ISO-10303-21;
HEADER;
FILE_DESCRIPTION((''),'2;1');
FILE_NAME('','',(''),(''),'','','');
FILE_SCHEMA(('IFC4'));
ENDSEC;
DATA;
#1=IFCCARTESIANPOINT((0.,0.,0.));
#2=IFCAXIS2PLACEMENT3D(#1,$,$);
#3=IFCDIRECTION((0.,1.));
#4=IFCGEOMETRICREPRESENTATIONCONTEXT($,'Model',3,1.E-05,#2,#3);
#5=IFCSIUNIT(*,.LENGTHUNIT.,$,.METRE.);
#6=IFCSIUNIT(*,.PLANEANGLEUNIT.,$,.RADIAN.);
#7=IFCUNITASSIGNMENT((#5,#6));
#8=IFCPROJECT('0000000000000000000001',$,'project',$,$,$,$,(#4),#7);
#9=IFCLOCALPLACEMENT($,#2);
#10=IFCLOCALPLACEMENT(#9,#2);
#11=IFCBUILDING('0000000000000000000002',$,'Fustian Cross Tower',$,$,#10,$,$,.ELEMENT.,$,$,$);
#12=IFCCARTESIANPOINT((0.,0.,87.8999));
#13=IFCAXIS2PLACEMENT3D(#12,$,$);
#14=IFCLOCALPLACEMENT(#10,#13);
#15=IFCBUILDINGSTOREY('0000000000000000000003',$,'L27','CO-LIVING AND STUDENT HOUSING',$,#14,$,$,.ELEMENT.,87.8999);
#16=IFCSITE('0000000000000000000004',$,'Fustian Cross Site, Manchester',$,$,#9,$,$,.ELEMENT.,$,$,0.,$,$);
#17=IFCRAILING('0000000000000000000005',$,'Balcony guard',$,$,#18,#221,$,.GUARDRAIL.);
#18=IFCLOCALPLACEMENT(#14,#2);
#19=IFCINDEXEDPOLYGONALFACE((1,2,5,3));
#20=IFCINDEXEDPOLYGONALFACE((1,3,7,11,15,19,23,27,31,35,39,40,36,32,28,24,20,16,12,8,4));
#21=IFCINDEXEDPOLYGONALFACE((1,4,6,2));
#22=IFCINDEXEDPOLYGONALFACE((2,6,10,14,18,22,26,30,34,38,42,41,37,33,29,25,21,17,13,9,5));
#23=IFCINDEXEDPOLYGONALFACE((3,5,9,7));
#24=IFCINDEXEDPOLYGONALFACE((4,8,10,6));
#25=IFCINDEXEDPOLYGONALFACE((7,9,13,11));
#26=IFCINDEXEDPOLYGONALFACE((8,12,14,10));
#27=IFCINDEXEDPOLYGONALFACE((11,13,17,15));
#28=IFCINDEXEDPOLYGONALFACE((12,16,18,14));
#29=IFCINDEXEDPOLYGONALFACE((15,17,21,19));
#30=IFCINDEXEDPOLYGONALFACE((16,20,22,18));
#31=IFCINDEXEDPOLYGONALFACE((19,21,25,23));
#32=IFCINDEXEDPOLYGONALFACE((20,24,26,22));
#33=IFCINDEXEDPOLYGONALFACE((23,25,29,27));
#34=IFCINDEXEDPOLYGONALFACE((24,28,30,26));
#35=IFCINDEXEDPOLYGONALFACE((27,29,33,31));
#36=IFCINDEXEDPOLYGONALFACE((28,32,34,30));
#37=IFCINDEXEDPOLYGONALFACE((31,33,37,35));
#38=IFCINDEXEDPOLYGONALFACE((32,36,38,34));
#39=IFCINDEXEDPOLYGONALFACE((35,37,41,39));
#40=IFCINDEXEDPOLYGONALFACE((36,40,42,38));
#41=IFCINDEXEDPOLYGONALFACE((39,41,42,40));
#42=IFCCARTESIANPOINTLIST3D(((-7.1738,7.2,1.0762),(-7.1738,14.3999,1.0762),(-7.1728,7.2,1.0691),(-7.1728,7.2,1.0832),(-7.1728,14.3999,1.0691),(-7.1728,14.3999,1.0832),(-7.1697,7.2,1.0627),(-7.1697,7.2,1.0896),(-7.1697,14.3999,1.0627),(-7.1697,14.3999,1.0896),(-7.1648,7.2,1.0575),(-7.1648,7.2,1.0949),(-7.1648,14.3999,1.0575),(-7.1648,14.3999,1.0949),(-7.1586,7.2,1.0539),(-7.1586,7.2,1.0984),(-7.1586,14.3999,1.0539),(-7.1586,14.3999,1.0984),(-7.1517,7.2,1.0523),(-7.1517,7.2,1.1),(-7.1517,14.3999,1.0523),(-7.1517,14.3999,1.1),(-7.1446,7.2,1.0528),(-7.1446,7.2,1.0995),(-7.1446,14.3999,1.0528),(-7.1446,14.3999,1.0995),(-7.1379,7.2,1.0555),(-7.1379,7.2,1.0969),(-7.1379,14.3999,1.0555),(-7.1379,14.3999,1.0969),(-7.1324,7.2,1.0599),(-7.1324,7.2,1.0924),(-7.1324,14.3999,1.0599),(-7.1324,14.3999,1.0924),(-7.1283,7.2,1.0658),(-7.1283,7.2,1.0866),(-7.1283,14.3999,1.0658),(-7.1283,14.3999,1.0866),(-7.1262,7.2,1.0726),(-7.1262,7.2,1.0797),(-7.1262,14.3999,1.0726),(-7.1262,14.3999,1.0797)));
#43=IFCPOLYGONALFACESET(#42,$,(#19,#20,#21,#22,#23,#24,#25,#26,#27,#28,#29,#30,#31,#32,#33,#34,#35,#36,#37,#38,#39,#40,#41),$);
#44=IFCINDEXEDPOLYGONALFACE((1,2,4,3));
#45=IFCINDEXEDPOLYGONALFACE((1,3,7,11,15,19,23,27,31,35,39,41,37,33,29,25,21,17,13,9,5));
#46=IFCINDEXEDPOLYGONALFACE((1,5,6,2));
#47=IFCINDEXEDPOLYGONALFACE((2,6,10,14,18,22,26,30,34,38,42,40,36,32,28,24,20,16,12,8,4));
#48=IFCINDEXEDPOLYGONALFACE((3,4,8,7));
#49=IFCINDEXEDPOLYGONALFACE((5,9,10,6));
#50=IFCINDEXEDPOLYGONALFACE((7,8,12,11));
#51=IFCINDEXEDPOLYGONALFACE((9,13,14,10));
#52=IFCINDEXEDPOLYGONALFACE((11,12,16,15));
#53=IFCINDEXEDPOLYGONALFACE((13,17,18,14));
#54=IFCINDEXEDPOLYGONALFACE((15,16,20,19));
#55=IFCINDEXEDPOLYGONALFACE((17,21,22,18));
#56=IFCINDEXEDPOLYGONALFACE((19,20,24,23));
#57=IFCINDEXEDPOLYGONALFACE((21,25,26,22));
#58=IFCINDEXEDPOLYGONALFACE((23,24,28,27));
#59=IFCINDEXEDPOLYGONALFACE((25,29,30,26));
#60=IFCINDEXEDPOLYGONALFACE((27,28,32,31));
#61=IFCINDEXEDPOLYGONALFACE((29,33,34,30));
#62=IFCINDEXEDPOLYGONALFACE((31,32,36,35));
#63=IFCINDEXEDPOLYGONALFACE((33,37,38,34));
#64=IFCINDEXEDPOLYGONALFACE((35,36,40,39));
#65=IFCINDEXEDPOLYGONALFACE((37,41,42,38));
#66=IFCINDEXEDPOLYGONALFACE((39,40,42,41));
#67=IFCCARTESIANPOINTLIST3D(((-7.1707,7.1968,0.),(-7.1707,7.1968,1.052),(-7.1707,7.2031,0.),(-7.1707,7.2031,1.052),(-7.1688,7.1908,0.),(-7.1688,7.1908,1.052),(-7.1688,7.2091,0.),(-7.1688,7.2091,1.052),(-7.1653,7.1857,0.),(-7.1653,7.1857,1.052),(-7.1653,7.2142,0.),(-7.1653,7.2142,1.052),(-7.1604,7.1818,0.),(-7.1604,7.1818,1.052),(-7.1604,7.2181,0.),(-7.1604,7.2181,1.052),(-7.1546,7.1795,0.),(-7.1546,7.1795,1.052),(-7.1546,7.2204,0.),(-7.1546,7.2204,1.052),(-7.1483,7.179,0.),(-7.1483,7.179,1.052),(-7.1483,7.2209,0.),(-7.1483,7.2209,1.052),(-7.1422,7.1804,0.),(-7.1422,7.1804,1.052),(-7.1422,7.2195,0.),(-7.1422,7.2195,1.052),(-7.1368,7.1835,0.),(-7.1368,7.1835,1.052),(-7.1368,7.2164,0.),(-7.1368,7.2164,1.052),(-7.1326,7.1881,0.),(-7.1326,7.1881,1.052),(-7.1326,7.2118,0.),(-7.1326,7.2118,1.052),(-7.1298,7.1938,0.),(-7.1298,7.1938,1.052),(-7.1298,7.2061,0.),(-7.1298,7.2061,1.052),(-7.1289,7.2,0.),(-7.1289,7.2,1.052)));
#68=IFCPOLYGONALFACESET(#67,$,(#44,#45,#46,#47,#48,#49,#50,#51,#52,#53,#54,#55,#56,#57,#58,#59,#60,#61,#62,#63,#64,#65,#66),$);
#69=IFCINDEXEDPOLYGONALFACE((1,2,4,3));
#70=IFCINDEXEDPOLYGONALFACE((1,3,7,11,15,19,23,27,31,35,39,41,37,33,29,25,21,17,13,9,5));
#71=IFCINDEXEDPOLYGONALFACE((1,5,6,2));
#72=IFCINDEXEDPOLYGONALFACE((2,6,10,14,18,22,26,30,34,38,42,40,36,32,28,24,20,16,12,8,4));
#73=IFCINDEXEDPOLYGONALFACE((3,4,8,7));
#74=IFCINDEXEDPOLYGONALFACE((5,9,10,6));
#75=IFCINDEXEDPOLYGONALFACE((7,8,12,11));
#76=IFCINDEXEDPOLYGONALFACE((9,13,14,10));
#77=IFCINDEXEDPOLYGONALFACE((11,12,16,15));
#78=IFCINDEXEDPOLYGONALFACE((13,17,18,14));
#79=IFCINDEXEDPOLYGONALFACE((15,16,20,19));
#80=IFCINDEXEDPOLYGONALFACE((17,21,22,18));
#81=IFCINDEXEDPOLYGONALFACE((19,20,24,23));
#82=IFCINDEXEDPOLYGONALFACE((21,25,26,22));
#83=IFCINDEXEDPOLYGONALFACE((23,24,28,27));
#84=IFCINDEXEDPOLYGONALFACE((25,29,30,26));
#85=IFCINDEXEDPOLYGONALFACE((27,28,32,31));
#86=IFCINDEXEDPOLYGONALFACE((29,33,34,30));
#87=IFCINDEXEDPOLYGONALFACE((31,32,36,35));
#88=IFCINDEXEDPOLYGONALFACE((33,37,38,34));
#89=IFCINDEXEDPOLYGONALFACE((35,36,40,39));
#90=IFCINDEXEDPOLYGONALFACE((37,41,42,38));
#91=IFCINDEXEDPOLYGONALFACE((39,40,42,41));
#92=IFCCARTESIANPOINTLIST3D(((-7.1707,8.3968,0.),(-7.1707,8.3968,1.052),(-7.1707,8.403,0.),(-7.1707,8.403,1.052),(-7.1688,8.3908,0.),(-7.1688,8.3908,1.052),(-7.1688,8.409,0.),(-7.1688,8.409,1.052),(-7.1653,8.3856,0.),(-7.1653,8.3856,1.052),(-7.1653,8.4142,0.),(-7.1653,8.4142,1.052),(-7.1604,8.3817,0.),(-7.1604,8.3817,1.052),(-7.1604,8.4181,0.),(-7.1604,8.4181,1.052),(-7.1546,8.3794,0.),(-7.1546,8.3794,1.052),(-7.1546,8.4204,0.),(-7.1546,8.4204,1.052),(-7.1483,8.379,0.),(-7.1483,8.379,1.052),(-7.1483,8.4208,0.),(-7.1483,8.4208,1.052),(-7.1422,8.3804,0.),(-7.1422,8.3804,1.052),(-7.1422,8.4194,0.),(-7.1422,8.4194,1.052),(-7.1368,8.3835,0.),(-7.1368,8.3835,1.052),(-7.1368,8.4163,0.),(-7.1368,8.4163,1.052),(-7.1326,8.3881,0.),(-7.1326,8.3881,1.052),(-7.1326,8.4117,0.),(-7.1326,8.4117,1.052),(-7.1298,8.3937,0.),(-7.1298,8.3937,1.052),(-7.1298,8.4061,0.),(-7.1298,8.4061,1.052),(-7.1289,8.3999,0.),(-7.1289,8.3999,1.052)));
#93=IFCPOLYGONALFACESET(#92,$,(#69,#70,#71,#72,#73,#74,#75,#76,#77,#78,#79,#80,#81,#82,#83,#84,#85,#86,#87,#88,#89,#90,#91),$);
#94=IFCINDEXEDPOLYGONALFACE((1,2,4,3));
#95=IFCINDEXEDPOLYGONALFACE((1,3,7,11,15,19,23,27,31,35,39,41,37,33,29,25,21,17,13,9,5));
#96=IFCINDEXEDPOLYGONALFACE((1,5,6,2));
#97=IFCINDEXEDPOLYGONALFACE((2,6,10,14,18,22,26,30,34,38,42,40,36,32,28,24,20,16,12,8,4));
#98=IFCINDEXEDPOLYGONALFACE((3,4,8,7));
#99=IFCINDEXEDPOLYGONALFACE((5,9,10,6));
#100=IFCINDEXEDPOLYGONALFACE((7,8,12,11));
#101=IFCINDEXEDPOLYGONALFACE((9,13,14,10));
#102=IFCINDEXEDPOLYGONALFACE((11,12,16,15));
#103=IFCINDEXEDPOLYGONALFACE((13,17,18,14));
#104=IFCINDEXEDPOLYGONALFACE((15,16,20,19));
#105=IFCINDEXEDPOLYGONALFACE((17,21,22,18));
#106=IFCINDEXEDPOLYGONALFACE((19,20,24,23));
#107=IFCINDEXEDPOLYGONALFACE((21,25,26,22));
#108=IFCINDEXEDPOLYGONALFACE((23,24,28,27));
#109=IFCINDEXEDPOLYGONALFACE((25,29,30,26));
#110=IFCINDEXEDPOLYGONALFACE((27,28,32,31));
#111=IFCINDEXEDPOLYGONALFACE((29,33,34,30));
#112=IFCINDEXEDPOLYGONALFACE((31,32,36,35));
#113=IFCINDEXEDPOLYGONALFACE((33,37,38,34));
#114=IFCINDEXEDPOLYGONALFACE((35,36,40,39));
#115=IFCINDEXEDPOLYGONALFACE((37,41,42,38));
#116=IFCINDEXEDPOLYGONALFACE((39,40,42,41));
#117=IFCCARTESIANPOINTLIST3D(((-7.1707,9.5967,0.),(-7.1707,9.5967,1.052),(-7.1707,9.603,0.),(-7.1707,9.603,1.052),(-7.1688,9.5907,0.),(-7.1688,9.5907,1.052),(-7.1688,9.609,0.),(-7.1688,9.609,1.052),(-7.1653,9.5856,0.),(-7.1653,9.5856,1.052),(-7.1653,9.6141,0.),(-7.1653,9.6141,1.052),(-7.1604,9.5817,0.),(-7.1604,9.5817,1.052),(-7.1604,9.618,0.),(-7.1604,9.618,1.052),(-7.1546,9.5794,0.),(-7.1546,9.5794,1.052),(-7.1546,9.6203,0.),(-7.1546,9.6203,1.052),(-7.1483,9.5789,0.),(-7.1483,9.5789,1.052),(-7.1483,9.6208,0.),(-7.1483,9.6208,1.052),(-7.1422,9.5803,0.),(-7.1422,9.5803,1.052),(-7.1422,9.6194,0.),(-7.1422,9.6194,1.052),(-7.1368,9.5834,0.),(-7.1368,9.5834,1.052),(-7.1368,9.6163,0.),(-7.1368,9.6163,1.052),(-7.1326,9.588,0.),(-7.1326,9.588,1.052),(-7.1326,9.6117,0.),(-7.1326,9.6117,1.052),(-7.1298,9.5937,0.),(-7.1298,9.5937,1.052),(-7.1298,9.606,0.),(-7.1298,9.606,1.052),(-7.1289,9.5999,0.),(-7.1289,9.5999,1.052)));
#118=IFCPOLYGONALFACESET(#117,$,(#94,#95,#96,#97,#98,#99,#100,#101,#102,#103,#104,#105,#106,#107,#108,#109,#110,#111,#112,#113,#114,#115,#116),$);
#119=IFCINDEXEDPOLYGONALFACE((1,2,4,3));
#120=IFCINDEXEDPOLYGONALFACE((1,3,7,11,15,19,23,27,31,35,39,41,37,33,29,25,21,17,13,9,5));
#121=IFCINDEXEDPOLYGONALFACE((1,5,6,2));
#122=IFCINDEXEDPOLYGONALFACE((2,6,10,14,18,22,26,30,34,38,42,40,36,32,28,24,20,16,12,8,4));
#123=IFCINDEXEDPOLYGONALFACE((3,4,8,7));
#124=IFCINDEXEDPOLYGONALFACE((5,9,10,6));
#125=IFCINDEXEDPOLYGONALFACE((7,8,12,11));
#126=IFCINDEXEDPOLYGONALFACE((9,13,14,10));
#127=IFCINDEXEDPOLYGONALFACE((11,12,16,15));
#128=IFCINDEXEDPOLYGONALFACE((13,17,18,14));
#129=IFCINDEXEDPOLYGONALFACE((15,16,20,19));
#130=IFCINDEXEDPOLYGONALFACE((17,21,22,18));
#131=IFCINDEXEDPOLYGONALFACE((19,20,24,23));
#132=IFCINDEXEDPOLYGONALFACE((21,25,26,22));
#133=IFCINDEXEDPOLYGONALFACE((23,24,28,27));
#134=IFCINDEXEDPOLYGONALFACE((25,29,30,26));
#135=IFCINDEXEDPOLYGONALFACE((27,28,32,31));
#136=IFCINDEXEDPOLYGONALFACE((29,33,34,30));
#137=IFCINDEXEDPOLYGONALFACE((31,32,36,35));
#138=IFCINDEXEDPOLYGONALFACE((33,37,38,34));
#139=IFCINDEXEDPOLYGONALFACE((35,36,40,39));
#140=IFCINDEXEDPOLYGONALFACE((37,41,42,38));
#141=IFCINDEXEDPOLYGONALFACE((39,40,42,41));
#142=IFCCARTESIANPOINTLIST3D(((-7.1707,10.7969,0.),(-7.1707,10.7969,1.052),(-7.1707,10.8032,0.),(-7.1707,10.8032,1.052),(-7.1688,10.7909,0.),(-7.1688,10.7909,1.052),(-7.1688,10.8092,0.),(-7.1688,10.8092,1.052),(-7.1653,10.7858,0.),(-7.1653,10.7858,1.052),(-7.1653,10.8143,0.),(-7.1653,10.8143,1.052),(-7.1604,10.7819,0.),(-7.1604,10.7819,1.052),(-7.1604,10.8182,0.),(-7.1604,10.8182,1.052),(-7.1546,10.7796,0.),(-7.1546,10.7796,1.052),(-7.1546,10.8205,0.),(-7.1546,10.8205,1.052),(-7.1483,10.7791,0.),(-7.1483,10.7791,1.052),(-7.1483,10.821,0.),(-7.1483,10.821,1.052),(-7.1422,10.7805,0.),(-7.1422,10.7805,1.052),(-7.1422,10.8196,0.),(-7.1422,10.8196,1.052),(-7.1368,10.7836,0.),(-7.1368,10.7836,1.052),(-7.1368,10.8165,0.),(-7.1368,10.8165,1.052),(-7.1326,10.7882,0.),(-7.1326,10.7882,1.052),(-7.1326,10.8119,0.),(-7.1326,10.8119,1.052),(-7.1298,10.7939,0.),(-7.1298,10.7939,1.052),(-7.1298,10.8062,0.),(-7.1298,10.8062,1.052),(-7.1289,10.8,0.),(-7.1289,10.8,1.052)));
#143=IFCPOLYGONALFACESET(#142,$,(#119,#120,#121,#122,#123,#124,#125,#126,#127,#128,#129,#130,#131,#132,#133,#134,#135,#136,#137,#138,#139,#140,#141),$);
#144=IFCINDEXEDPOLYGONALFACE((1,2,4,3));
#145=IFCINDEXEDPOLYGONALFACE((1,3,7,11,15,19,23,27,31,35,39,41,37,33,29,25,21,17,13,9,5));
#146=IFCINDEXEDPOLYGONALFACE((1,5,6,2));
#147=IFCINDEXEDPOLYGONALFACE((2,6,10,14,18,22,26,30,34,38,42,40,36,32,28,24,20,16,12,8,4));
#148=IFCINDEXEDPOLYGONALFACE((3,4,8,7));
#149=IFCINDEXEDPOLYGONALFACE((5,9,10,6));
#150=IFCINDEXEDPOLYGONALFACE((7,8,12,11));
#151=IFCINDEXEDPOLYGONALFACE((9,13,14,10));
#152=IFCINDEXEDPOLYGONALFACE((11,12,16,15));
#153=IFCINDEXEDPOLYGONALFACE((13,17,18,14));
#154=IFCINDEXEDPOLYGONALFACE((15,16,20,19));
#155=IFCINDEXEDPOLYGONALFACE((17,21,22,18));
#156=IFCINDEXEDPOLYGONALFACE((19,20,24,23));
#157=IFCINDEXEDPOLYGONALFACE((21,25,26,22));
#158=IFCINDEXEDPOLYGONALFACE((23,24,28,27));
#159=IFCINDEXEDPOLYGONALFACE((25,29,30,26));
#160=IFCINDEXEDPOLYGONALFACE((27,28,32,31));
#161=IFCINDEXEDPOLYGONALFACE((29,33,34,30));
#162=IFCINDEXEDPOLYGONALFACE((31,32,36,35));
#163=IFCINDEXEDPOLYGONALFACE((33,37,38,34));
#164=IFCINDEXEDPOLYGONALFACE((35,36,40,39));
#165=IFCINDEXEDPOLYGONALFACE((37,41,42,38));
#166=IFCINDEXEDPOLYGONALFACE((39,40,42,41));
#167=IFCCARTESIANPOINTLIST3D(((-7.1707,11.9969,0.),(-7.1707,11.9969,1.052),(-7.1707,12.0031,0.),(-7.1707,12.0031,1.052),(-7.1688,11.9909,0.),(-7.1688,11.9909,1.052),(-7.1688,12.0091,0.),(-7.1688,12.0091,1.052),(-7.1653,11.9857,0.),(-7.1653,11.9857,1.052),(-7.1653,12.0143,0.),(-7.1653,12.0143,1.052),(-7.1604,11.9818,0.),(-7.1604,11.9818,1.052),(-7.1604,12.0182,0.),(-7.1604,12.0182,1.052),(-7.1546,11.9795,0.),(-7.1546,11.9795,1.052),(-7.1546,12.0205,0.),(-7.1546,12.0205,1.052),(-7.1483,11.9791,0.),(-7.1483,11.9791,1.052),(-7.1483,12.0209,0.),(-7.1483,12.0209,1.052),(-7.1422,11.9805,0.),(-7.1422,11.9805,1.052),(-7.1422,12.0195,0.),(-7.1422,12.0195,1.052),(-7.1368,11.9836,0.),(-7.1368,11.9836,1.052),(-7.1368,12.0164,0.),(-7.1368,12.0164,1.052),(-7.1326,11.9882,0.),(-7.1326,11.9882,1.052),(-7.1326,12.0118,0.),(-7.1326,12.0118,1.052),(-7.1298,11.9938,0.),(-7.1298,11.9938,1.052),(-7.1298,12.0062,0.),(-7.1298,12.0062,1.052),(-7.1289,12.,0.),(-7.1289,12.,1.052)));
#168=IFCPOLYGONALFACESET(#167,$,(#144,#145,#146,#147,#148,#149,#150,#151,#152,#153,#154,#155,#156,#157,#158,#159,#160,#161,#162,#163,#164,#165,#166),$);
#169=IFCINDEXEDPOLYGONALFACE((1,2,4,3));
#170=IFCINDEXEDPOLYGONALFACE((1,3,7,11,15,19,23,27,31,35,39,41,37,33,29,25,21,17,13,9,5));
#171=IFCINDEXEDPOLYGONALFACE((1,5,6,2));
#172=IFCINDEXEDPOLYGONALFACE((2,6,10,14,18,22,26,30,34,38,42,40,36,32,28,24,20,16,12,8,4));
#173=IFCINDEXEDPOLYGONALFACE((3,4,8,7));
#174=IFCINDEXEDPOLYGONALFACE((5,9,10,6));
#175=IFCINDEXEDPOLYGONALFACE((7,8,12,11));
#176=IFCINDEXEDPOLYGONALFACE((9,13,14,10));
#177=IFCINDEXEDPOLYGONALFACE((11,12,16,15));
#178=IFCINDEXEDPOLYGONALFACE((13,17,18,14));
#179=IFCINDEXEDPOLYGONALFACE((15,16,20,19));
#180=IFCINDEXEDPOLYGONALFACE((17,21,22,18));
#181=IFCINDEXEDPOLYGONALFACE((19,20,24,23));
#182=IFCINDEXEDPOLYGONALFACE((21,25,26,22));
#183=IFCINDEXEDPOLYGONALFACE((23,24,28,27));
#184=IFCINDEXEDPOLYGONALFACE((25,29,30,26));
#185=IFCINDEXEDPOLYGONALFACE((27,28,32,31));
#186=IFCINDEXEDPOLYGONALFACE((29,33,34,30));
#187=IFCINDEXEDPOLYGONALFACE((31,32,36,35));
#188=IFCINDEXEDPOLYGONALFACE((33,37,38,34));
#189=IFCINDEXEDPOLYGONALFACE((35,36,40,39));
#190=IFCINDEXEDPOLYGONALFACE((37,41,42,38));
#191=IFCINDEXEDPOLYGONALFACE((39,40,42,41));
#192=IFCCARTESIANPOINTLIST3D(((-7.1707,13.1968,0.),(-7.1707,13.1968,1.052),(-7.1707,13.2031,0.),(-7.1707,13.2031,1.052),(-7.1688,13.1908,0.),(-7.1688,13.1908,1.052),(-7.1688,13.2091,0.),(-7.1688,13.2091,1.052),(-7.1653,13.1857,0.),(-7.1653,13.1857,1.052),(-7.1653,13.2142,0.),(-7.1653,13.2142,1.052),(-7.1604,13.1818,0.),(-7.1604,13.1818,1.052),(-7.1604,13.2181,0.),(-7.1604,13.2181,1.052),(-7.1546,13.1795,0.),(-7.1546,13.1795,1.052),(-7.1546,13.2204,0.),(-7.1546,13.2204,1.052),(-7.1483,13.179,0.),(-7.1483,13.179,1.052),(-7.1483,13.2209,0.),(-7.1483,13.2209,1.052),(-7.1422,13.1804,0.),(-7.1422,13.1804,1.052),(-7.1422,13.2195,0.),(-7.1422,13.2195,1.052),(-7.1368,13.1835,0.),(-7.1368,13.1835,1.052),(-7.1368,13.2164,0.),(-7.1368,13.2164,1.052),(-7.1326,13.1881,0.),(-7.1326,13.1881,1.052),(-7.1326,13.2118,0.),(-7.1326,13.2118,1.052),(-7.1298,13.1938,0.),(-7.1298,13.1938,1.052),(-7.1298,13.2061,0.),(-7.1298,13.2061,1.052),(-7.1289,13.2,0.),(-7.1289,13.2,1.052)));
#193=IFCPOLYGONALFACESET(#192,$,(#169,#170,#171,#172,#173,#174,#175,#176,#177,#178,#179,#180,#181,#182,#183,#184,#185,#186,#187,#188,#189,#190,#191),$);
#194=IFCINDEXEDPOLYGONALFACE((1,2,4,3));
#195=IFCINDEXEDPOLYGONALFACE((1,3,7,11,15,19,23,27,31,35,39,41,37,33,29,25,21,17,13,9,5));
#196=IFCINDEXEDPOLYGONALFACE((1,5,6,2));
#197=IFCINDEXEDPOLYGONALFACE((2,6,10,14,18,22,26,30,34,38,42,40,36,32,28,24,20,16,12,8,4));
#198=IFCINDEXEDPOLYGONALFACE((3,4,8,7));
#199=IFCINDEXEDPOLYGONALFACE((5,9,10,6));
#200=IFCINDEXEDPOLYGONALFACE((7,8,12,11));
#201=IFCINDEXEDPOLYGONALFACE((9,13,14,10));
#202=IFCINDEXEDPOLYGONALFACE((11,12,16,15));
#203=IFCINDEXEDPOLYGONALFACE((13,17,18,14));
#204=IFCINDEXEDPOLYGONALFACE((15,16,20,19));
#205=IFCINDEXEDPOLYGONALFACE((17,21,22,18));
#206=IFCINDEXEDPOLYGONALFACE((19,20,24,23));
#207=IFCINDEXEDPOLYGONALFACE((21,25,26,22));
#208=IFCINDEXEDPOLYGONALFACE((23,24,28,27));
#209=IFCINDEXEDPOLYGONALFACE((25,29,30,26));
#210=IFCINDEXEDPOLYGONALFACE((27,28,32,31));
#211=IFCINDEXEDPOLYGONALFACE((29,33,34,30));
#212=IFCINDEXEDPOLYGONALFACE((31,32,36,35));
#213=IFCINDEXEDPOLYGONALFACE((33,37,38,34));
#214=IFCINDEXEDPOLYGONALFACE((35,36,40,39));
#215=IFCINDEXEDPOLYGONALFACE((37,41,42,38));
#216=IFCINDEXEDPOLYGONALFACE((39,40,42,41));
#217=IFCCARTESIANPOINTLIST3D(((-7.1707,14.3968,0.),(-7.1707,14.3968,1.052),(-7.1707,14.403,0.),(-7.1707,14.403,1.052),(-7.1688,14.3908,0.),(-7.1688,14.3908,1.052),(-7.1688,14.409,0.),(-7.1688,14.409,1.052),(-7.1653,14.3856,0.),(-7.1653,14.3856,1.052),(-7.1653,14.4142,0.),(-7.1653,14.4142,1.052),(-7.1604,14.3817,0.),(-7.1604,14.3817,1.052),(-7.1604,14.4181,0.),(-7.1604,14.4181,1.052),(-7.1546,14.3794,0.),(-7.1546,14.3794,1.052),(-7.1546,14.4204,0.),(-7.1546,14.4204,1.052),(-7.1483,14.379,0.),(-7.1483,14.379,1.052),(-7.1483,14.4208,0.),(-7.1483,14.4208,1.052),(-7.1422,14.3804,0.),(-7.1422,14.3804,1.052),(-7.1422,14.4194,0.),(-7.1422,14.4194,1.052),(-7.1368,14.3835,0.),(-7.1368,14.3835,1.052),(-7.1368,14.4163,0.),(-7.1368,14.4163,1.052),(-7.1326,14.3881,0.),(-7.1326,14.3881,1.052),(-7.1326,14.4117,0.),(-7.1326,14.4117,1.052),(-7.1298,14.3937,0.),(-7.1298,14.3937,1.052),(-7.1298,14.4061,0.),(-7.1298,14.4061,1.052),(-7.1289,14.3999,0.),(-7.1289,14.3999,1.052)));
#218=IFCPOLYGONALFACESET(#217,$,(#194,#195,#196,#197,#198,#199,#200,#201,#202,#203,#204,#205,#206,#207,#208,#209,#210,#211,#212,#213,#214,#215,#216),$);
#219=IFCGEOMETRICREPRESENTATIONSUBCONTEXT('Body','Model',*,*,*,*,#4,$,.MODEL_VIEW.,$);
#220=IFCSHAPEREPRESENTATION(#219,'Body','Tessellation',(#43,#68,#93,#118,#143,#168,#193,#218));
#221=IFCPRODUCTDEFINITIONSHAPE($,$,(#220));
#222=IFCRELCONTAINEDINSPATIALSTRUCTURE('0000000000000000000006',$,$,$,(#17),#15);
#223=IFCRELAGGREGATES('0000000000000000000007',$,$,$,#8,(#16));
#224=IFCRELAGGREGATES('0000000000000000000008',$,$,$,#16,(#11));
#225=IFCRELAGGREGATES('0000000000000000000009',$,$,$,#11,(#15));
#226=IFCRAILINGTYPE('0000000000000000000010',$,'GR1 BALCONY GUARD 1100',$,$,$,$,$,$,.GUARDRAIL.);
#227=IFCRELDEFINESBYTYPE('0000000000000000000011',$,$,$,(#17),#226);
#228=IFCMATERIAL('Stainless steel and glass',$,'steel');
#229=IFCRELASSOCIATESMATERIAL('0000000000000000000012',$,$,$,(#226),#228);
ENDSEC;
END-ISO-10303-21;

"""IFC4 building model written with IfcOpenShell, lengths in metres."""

from ifc_helpers import new_model, si_unit, direction, frame, origin, origin_2d, place, context, subcontext, project, spatial, circle, extrude, material, type_object, element, save


model = new_model("IFC4")

# Units and contexts
model_context = context("Model", 3, precision=1e-05, world=origin(), true_north=direction((0.0, 1.0)))
body_context = subcontext(model_context, "Body", "Model", "MODEL_VIEW")
ifc_project = project(units=[si_unit("LENGTHUNIT", "METRE"), si_unit("PLANEANGLEUNIT", "RADIAN")], contexts=[model_context])

# Site, building, storey
site_placement = place(None, origin())
site = spatial("IfcSite", under=ifc_project, at=site_placement, Name="Fustian Cross Site, Manchester", CompositionType="ELEMENT", RefElevation=0.0)
building_placement = place(site_placement, origin())
building = spatial("IfcBuilding", under=site, at=building_placement, Name="Fustian Cross Tower", CompositionType="ELEMENT")
storey_placement = place(building_placement, frame((0.0, 0.0, 87.8999)))
storey = spatial("IfcBuildingStorey", under=building, at=storey_placement, Name="L27", Description="CO-LIVING AND STUDENT HOUSING", CompositionType="ELEMENT", Elevation=87.8999)

# Railing
ifc_material_1 = material(Name="Stainless steel and glass", Category="steel")
railing_type = type_object("IfcRailingType", Name="GR1 BALCONY GUARD 1100", PredefinedType="GUARDRAIL", material=ifc_material_1)
railing_placement = place(storey_placement, frame((-7.1499, 7.2, 0.0)))
element("IfcRailing", 1, at=railing_placement, inside=storey, type_object=railing_type, Name="Balcony guard", PredefinedType="GUARDRAIL", context=body_context, shape_type="SweptSolid", body=[
    extrude(circle(Radius=0.0239, at=origin_2d()), frame((0.0, 0.0, 1.0762), z_axis=(0.0, 1.0, 0.0), x_axis=(-1.0, 0.0, 0.0)), (0.0, 0.0, 1.0), 7.2),
    extrude(circle(Radius=0.021, at=origin_2d()), origin(), (0.0, 0.0, 1.0), 1.052),
    extrude(circle(Radius=0.021, at=origin_2d()), frame((0.0, 1.2, 0.0)), (0.0, 0.0, 1.0), 1.052),
    extrude(circle(Radius=0.021, at=origin_2d()), frame((0.0, 2.3999, 0.0)), (0.0, 0.0, 1.0), 1.052),
    extrude(circle(Radius=0.021, at=origin_2d()), frame((0.0, 3.6001, 0.0)), (0.0, 0.0, 1.0), 1.052),
    extrude(circle(Radius=0.021, at=origin_2d()), frame((0.0, 4.8, 0.0)), (0.0, 0.0, 1.0), 1.052),
    extrude(circle(Radius=0.021, at=origin_2d()), frame((0.0, 6.0, 0.0)), (0.0, 0.0, 1.0), 1.052),
    extrude(circle(Radius=0.021, at=origin_2d()), frame((0.0, 7.2, 0.0)), (0.0, 0.0, 1.0), 1.052),
])

save(model, "model.ifc")
